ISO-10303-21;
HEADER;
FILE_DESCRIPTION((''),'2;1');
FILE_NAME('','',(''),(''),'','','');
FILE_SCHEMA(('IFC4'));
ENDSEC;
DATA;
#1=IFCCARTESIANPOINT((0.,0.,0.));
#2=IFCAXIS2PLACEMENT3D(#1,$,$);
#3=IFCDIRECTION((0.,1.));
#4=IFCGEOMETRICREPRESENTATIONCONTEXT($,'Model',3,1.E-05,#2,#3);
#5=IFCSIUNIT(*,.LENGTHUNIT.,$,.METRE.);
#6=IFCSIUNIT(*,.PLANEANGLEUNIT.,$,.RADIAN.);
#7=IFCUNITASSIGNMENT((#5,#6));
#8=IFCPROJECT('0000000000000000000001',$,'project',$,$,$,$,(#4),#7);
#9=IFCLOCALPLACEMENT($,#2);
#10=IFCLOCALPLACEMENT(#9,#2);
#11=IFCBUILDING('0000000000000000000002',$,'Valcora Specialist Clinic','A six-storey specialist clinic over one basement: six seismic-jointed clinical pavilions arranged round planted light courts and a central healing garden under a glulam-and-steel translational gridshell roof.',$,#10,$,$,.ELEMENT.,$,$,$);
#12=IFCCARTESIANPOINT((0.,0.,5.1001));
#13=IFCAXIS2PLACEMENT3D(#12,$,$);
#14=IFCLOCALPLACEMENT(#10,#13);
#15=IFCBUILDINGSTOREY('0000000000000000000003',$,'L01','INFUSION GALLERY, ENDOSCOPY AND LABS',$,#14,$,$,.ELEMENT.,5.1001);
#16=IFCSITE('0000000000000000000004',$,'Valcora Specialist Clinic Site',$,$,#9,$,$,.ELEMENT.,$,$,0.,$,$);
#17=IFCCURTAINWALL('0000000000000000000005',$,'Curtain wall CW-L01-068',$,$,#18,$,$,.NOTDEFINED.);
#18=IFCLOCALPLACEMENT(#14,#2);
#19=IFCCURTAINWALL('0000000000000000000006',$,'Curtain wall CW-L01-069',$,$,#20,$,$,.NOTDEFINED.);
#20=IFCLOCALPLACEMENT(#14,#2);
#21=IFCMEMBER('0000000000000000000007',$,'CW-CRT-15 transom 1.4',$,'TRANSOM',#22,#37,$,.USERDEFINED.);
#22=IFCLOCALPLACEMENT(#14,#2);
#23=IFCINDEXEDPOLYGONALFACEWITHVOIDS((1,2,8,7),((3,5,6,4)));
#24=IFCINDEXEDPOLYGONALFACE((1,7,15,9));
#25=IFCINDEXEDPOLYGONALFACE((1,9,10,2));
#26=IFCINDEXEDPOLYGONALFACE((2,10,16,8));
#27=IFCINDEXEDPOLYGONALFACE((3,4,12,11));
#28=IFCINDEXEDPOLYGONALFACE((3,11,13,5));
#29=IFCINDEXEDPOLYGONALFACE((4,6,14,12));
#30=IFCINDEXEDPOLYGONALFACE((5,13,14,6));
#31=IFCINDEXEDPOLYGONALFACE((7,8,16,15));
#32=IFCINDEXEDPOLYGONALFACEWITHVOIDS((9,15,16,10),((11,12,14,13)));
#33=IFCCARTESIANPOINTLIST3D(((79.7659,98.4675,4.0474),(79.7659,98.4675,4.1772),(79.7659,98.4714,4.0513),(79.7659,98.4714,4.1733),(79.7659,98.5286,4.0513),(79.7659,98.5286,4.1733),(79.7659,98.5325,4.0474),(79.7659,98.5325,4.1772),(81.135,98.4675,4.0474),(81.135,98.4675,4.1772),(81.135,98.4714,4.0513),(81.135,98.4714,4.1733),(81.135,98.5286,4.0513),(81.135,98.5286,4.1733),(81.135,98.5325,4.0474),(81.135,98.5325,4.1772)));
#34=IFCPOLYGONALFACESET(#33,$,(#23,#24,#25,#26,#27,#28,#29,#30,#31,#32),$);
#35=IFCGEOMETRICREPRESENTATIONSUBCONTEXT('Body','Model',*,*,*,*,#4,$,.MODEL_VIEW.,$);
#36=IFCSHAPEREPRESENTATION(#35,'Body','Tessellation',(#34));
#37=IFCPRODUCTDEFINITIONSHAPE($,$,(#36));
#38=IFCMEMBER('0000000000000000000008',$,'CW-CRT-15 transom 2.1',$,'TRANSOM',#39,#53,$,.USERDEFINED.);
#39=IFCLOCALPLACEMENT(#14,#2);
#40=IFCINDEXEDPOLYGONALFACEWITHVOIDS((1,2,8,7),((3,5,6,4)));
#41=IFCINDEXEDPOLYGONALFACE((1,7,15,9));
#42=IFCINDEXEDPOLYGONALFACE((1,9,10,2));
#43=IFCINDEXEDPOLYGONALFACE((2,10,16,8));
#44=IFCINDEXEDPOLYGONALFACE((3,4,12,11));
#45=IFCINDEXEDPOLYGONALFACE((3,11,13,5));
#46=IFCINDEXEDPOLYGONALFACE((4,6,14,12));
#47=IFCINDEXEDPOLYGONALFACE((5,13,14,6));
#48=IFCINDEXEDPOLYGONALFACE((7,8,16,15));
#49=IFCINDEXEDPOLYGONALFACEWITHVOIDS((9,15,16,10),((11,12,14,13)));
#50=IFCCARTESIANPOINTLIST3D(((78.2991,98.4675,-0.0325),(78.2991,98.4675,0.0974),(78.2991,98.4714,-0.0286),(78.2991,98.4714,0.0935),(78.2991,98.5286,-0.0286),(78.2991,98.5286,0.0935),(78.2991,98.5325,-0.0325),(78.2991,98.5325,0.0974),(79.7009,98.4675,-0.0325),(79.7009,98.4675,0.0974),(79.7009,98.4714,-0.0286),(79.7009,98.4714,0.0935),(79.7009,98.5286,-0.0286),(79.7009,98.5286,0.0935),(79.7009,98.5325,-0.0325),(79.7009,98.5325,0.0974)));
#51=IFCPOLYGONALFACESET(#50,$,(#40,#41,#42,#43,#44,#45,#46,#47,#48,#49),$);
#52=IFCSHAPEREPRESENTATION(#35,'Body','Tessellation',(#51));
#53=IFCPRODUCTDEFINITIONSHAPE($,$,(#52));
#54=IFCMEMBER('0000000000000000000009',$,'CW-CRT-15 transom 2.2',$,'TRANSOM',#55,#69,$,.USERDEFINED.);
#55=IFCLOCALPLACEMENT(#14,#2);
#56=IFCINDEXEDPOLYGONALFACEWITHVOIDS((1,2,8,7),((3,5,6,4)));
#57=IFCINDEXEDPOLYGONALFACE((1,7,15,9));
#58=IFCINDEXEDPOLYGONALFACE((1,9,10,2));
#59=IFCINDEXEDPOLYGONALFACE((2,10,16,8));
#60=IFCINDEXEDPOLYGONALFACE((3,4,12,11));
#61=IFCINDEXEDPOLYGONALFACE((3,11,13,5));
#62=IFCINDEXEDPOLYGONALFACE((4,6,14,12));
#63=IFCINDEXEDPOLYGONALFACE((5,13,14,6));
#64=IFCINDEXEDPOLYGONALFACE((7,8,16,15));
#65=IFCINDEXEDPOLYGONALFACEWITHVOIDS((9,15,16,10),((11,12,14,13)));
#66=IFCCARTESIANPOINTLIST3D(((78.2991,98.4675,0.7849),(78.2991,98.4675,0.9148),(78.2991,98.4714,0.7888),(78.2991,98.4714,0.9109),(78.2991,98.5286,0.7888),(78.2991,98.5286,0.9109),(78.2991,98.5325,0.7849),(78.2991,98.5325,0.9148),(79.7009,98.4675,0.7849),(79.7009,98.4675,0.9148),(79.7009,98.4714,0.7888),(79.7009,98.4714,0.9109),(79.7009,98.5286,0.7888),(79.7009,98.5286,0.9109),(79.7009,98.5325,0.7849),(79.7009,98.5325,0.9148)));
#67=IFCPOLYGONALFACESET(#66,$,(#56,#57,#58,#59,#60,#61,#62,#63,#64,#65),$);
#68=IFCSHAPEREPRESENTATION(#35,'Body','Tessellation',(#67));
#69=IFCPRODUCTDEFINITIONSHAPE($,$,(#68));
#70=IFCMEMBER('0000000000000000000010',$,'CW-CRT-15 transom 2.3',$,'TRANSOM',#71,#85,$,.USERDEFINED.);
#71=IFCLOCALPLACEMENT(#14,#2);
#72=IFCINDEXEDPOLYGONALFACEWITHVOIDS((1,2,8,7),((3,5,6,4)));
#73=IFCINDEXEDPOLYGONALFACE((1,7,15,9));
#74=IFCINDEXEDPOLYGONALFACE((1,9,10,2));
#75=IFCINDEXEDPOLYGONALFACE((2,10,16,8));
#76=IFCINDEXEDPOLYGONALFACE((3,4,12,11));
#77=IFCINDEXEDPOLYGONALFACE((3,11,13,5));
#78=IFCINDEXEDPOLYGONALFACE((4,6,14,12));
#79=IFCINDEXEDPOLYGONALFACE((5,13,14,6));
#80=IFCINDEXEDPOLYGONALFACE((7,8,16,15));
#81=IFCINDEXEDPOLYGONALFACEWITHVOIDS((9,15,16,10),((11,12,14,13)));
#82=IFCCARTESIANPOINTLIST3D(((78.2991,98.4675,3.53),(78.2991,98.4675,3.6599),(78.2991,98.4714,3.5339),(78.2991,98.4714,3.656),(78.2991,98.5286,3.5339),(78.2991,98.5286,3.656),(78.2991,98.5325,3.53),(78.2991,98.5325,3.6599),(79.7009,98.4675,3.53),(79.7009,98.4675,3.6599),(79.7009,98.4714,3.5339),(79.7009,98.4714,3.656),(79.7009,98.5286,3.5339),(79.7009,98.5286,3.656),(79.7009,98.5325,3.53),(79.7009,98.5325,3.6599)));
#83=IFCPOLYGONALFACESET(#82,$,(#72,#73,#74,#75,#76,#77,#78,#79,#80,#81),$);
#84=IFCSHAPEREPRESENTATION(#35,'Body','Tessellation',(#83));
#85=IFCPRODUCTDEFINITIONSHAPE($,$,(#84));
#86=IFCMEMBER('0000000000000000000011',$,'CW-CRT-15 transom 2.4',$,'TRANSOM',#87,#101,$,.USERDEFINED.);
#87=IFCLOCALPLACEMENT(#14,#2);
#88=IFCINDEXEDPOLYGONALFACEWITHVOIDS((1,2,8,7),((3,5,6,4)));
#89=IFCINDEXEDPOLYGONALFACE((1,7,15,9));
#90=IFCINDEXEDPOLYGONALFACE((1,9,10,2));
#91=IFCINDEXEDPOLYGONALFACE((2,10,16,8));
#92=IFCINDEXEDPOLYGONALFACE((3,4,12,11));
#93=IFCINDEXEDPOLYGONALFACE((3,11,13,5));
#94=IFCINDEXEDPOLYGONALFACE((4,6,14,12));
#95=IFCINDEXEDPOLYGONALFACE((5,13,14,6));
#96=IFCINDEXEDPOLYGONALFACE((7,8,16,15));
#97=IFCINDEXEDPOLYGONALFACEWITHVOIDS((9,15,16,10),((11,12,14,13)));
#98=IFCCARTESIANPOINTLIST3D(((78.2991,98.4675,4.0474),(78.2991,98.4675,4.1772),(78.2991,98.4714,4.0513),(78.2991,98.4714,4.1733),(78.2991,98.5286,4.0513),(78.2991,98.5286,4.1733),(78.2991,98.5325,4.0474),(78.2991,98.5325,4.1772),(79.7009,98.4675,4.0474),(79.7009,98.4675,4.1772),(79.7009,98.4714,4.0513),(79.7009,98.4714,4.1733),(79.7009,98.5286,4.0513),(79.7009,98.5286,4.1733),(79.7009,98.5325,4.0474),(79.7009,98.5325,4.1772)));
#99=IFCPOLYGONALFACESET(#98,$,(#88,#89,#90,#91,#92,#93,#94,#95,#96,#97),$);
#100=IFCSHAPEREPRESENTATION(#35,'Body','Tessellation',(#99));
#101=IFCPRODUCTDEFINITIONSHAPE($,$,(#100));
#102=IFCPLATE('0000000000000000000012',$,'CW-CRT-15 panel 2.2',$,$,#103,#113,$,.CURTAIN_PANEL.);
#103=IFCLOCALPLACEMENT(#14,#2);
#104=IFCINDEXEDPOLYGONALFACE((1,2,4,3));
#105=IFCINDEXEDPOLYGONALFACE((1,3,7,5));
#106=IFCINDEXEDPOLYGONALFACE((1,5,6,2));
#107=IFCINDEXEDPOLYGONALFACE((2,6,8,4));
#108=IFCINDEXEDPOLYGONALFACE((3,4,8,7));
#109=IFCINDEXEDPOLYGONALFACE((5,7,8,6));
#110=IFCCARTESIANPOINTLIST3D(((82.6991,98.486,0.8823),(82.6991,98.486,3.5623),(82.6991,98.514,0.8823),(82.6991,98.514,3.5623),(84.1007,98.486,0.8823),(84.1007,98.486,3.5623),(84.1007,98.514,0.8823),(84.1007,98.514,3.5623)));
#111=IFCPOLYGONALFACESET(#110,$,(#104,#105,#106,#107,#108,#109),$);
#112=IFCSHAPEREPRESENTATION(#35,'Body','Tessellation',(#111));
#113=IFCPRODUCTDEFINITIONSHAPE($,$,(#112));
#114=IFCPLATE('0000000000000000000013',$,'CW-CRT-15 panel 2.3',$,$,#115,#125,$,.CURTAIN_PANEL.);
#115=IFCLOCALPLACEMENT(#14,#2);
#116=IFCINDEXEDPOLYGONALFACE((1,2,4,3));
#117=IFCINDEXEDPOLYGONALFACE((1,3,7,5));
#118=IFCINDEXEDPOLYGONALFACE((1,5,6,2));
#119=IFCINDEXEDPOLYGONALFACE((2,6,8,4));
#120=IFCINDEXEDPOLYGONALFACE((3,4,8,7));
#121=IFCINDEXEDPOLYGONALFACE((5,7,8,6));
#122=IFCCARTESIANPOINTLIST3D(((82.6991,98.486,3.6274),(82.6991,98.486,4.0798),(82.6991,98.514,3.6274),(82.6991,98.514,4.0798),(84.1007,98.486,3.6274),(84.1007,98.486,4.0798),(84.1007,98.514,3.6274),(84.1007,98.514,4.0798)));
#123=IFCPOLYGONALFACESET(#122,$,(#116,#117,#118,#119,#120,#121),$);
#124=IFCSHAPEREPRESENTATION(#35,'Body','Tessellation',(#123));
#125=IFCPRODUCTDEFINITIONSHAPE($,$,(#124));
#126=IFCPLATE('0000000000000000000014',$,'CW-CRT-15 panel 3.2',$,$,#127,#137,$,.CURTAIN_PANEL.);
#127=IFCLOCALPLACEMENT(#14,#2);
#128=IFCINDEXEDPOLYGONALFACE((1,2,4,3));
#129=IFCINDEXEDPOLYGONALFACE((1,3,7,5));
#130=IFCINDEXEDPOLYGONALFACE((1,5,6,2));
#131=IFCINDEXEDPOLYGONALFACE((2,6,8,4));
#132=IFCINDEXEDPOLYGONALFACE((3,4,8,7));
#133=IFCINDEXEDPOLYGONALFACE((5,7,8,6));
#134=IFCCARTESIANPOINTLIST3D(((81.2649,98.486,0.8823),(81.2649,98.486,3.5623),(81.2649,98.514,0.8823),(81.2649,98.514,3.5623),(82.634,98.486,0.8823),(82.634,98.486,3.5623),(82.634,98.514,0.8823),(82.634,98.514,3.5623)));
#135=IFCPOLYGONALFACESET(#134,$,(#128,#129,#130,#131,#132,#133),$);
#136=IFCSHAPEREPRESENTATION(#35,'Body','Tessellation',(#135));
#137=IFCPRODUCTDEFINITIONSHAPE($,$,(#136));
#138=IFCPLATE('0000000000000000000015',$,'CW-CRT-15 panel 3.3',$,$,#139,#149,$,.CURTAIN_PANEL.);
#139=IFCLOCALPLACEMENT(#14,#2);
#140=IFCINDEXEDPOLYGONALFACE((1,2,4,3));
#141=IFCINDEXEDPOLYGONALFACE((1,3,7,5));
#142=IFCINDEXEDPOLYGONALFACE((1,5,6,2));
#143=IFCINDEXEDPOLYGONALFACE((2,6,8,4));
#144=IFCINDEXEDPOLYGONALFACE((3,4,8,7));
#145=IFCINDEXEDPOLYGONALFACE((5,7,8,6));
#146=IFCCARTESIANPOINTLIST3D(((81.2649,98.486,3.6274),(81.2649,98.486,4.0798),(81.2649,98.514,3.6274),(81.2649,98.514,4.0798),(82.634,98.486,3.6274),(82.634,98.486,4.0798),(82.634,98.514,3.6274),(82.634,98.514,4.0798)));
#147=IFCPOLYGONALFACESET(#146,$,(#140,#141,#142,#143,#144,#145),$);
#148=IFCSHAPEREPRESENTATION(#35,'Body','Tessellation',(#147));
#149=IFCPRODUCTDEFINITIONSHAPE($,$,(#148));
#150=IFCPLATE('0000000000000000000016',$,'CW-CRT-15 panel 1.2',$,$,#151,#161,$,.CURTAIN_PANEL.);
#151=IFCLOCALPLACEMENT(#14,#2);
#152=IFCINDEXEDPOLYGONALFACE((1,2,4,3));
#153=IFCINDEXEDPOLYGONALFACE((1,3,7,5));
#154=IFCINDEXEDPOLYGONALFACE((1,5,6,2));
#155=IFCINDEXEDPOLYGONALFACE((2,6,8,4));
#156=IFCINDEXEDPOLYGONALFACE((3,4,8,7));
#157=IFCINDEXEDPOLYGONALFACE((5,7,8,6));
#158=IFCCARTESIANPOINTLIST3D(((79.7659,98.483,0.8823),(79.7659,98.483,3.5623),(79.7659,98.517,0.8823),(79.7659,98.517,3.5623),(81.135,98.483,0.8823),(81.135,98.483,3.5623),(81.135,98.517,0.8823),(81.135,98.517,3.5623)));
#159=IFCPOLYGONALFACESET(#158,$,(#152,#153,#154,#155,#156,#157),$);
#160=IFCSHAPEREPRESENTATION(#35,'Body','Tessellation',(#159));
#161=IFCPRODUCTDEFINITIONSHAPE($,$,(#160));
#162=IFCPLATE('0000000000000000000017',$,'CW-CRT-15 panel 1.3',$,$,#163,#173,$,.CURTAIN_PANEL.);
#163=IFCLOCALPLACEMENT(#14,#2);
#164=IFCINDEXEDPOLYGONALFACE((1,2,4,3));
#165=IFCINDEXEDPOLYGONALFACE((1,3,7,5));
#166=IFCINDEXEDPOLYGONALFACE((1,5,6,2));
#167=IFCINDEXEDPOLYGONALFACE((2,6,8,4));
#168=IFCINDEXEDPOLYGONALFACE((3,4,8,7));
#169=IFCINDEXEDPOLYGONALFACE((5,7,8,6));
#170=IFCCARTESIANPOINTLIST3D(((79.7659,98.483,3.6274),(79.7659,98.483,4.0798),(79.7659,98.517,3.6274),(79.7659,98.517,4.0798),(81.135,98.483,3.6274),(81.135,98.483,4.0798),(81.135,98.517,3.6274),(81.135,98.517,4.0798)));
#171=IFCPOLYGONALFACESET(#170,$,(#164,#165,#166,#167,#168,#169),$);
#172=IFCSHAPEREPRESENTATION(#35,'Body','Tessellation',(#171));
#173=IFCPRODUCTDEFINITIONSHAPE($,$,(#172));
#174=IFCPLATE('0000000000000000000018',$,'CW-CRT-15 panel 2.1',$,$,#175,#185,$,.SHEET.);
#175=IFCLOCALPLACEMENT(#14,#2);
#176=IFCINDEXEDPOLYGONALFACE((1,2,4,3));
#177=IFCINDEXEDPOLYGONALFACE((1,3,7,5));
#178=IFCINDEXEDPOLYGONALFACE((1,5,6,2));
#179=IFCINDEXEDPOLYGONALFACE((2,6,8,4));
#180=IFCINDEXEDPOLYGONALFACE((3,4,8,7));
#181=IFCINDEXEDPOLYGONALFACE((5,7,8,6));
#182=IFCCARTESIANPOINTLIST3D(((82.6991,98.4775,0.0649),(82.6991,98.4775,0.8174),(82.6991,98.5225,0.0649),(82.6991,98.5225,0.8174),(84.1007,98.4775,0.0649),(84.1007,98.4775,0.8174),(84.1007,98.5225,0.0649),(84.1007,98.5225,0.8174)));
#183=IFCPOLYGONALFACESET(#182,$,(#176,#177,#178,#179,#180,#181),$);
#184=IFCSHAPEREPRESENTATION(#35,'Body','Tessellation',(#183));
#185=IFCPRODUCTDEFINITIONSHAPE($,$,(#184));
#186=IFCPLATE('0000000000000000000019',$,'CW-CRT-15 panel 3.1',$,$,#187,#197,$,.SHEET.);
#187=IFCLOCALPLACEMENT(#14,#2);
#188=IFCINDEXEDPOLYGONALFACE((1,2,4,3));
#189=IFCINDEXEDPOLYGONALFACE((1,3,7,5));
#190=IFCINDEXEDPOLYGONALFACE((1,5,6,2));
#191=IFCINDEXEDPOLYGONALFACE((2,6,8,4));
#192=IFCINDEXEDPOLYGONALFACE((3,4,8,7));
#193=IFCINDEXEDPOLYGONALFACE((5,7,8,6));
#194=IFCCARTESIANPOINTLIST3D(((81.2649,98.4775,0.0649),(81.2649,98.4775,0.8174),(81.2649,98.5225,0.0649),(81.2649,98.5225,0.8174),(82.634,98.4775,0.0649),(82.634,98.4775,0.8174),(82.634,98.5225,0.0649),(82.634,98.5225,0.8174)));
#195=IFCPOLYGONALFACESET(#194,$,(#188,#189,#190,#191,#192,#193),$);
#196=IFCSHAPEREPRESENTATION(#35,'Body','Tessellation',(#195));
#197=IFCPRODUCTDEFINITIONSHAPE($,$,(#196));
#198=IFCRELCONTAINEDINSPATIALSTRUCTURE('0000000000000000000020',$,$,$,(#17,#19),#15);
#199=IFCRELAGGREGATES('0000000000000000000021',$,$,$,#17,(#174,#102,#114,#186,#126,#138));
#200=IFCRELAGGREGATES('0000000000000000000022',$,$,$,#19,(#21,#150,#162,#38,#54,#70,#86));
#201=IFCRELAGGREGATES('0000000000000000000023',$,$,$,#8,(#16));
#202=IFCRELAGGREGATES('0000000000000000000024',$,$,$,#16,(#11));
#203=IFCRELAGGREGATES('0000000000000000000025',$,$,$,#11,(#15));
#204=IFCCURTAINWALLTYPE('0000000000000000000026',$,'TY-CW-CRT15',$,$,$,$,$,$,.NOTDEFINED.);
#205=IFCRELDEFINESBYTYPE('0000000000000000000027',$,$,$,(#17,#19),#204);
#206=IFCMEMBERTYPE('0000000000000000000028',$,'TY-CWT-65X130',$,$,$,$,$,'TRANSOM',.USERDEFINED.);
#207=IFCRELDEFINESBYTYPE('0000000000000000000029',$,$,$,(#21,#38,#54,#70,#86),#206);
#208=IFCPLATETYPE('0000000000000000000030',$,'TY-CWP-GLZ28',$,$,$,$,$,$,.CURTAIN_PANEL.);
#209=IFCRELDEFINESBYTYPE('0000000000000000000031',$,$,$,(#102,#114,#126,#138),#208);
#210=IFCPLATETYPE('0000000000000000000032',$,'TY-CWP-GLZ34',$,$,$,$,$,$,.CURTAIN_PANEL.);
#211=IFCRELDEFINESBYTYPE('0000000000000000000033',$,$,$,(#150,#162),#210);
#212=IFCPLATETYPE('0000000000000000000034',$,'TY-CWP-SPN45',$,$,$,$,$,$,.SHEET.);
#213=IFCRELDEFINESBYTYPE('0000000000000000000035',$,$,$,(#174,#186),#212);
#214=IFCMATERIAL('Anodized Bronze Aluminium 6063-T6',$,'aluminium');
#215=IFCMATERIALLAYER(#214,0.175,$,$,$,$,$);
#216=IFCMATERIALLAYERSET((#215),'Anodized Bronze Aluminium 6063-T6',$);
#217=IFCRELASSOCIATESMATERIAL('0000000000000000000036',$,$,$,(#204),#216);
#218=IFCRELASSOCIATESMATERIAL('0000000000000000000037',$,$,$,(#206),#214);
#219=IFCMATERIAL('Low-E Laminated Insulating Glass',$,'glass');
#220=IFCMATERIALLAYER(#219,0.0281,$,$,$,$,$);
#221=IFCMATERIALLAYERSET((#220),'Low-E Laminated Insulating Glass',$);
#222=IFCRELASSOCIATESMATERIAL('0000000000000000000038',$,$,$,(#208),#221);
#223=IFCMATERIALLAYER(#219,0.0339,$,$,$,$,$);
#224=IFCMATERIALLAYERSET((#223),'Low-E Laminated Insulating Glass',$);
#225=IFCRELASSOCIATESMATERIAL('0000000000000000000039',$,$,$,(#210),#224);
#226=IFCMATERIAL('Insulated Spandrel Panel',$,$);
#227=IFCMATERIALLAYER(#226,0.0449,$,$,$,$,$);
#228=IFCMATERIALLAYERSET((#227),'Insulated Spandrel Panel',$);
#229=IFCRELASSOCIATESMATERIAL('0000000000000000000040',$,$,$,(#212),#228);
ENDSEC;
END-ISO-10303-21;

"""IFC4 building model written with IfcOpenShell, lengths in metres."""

from ifc_helpers import new_model, si_unit, direction, frame, origin, origin_2d, place, context, subcontext, project, spatial, rectangle, hollow_rectangle, extrude, material, layer, layer_set, material_profile, profile_set, type_object, element, aggregate, save


model = new_model("IFC4")

# Units and contexts
model_context = context("Model", 3, precision=1e-05, world=origin(), true_north=direction((0.0, 1.0)))
body_context = subcontext(model_context, "Body", "Model", "MODEL_VIEW")
ifc_project = project(units=[si_unit("LENGTHUNIT", "METRE"), si_unit("PLANEANGLEUNIT", "RADIAN")], contexts=[model_context])

# Site, building, storey
site_placement = place(None, origin())
site = spatial("IfcSite", under=ifc_project, at=site_placement, Name="Valcora Specialist Clinic Site", CompositionType="ELEMENT", RefElevation=0.0)
building_placement = place(site_placement, origin())
building = spatial("IfcBuilding", under=site, at=building_placement, Name="Valcora Specialist Clinic", Description="A six-storey specialist clinic over one basement: six seismic-jointed clinical pavilions arranged round planted light courts and a central healing garden under a glulam-and-steel translational gridshell roof.", CompositionType="ELEMENT")
storey_placement = place(building_placement, frame((0.0, 0.0, 5.1001)))
storey = spatial("IfcBuildingStorey", under=building, at=storey_placement, Name="L01", Description="INFUSION GALLERY, ENDOSCOPY AND LABS", CompositionType="ELEMENT", Elevation=5.1001)

# Curtain walls
ifc_material_1 = material(Name="Anodized Bronze Aluminium 6063-T6", Category="aluminium")
ifc_layer_1 = layer(ifc_material_1, 0.175)
ifc_layer_set_1 = layer_set([ifc_layer_1], Name="Anodized Bronze Aluminium 6063-T6")
curtain_wall_type = type_object("IfcCurtainWallType", Name="TY-CW-CRT15", PredefinedType="NOTDEFINED", material=ifc_layer_set_1)
curtain_wall_1_placement = place(storey_placement, origin())
curtain_wall_1 = element("IfcCurtainWall", 1, at=curtain_wall_1_placement, inside=storey, type_object=curtain_wall_type, Name="Curtain wall CW-L01-068", PredefinedType="NOTDEFINED")
curtain_wall_2_placement = place(storey_placement, origin())
curtain_wall_2 = element("IfcCurtainWall", 2, at=curtain_wall_2_placement, inside=storey, type_object=curtain_wall_type, Name="Curtain wall CW-L01-069", PredefinedType="NOTDEFINED")

# Members
ifc_material_profile_1 = material_profile(ifc_material_1, hollow_rectangle(XDim=0.0649, YDim=0.1299, WallThickness=0.0039, at=origin_2d()), Name="AL-TRN-65X130")
ifc_profile_set_1 = profile_set([ifc_material_profile_1], Name="Anodized Bronze Aluminium 6063-T6")
member_type_1 = type_object("IfcMemberType", Name="TY-CWT-65X130", ElementType="TRANSOM", PredefinedType="USERDEFINED", material=ifc_profile_set_1)
member_1_placement = place(storey_placement, frame((81.135, 98.5, 4.1123), z_axis=(-1.0, 0.0, 0.0), x_axis=(0.0, -1.0, 0.0)))
member_1 = element("IfcMember", 3, at=member_1_placement, type_object=member_type_1, Name="CW-CRT-15 transom 1.4", ObjectType="TRANSOM", PredefinedType="USERDEFINED", context=body_context, shape_type="SweptSolid", body=[
    extrude(hollow_rectangle(XDim=0.0649, YDim=0.1299, WallThickness=0.0039, at=origin_2d()), origin(), (0.0, 0.0, 1.0), 1.3691),
])
member_2_placement = place(storey_placement, frame((79.7009, 98.5, 0.0325), z_axis=(-1.0, 0.0, 0.0), x_axis=(0.0, -1.0, 0.0)))
member_2 = element("IfcMember", 4, at=member_2_placement, type_object=member_type_1, Name="CW-CRT-15 transom 2.1", ObjectType="TRANSOM", PredefinedType="USERDEFINED", context=body_context, shape_type="SweptSolid", body=[
    extrude(hollow_rectangle(XDim=0.0649, YDim=0.1299, WallThickness=0.0039, at=origin_2d()), origin(), (0.0, 0.0, 1.0), 1.4019),
])
member_3_placement = place(storey_placement, frame((79.7009, 98.5, 0.8499), z_axis=(-1.0, 0.0, 0.0), x_axis=(0.0, -1.0, 0.0)))
member_3 = element("IfcMember", 5, at=member_3_placement, type_object=member_type_1, Name="CW-CRT-15 transom 2.2", ObjectType="TRANSOM", PredefinedType="USERDEFINED", context=body_context, shape_type="SweptSolid", body=[
    extrude(hollow_rectangle(XDim=0.0649, YDim=0.1299, WallThickness=0.0039, at=origin_2d()), origin(), (0.0, 0.0, 1.0), 1.4019),
])
member_4_placement = place(storey_placement, frame((79.7009, 98.5, 3.595), z_axis=(-1.0, 0.0, 0.0), x_axis=(0.0, -1.0, 0.0)))
member_4 = element("IfcMember", 6, at=member_4_placement, type_object=member_type_1, Name="CW-CRT-15 transom 2.3", ObjectType="TRANSOM", PredefinedType="USERDEFINED", context=body_context, shape_type="SweptSolid", body=[
    extrude(hollow_rectangle(XDim=0.0649, YDim=0.1299, WallThickness=0.0039, at=origin_2d()), origin(), (0.0, 0.0, 1.0), 1.4019),
])
member_5_placement = place(storey_placement, frame((79.7009, 98.5, 4.1123), z_axis=(-1.0, 0.0, 0.0), x_axis=(0.0, -1.0, 0.0)))
member_5 = element("IfcMember", 7, at=member_5_placement, type_object=member_type_1, Name="CW-CRT-15 transom 2.4", ObjectType="TRANSOM", PredefinedType="USERDEFINED", context=body_context, shape_type="SweptSolid", body=[
    extrude(hollow_rectangle(XDim=0.0649, YDim=0.1299, WallThickness=0.0039, at=origin_2d()), origin(), (0.0, 0.0, 1.0), 1.4019),
])

# Plates
ifc_material_2 = material(Name="Low-E Laminated Insulating Glass", Category="glass")
ifc_layer_2 = layer(ifc_material_2, 0.0281)
ifc_layer_set_2 = layer_set([ifc_layer_2], Name="Low-E Laminated Insulating Glass")
plate_type_1 = type_object("IfcPlateType", Name="TY-CWP-GLZ28", PredefinedType="CURTAIN_PANEL", material=ifc_layer_set_2)
plate_1_placement = place(storey_placement, frame((83.3999, 98.5, 0.8823), z_axis=(0.0, 0.0, 1.0), x_axis=(-1.0, 0.0, 0.0)))
plate_1 = element("IfcPlate", 8, at=plate_1_placement, type_object=plate_type_1, Name="CW-CRT-15 panel 2.2", PredefinedType="CURTAIN_PANEL", context=body_context, shape_type="SweptSolid", body=[
    extrude(rectangle(XDim=1.4016, YDim=0.0281, at=origin_2d()), origin(), (0.0, 0.0, 1.0), 2.6799),
])
plate_2_placement = place(storey_placement, frame((83.3999, 98.5, 3.6274), z_axis=(0.0, 0.0, 1.0), x_axis=(-1.0, 0.0, 0.0)))
plate_2 = element("IfcPlate", 9, at=plate_2_placement, type_object=plate_type_1, Name="CW-CRT-15 panel 2.3", PredefinedType="CURTAIN_PANEL", context=body_context, shape_type="SweptSolid", body=[
    extrude(rectangle(XDim=1.4016, YDim=0.0281, at=origin_2d()), origin(), (0.0, 0.0, 1.0), 0.4524),
])
plate_3_placement = place(storey_placement, frame((81.9495, 98.5, 0.8823), z_axis=(0.0, 0.0, 1.0), x_axis=(-1.0, 0.0, 0.0)))
plate_3 = element("IfcPlate", 10, at=plate_3_placement, type_object=plate_type_1, Name="CW-CRT-15 panel 3.2", PredefinedType="CURTAIN_PANEL", context=body_context, shape_type="SweptSolid", body=[
    extrude(rectangle(XDim=1.3691, YDim=0.0281, at=origin_2d()), origin(), (0.0, 0.0, 1.0), 2.6799),
])
plate_4_placement = place(storey_placement, frame((81.9495, 98.5, 3.6274), z_axis=(0.0, 0.0, 1.0), x_axis=(-1.0, 0.0, 0.0)))
plate_4 = element("IfcPlate", 11, at=plate_4_placement, type_object=plate_type_1, Name="CW-CRT-15 panel 3.3", PredefinedType="CURTAIN_PANEL", context=body_context, shape_type="SweptSolid", body=[
    extrude(rectangle(XDim=1.3691, YDim=0.0281, at=origin_2d()), origin(), (0.0, 0.0, 1.0), 0.4524),
])
ifc_layer_3 = layer(ifc_material_2, 0.0339)
ifc_layer_set_3 = layer_set([ifc_layer_3], Name="Low-E Laminated Insulating Glass")
plate_type_2 = type_object("IfcPlateType", Name="TY-CWP-GLZ34", PredefinedType="CURTAIN_PANEL", material=ifc_layer_set_3)
plate_5_placement = place(storey_placement, frame((80.4504, 98.5, 0.8823), z_axis=(0.0, 0.0, 1.0), x_axis=(-1.0, 0.0, 0.0)))
plate_5 = element("IfcPlate", 12, at=plate_5_placement, type_object=plate_type_2, Name="CW-CRT-15 panel 1.2", PredefinedType="CURTAIN_PANEL", context=body_context, shape_type="SweptSolid", body=[
    extrude(rectangle(XDim=1.3691, YDim=0.0339, at=origin_2d()), origin(), (0.0, 0.0, 1.0), 2.6799),
])
plate_6_placement = place(storey_placement, frame((80.4504, 98.5, 3.6274), z_axis=(0.0, 0.0, 1.0), x_axis=(-1.0, 0.0, 0.0)))
plate_6 = element("IfcPlate", 13, at=plate_6_placement, type_object=plate_type_2, Name="CW-CRT-15 panel 1.3", PredefinedType="CURTAIN_PANEL", context=body_context, shape_type="SweptSolid", body=[
    extrude(rectangle(XDim=1.3691, YDim=0.0339, at=origin_2d()), origin(), (0.0, 0.0, 1.0), 0.4524),
])
ifc_material_3 = material(Name="Insulated Spandrel Panel")
ifc_layer_4 = layer(ifc_material_3, 0.0449)
ifc_layer_set_4 = layer_set([ifc_layer_4], Name="Insulated Spandrel Panel")
plate_type_3 = type_object("IfcPlateType", Name="TY-CWP-SPN45", PredefinedType="SHEET", material=ifc_layer_set_4)
plate_7_placement = place(storey_placement, frame((83.3999, 98.5, 0.0649), z_axis=(0.0, 0.0, 1.0), x_axis=(-1.0, 0.0, 0.0)))
plate_7 = element("IfcPlate", 14, at=plate_7_placement, type_object=plate_type_3, Name="CW-CRT-15 panel 2.1", PredefinedType="SHEET", context=body_context, shape_type="SweptSolid", body=[
    extrude(rectangle(XDim=1.4016, YDim=0.0449, at=origin_2d()), origin(), (0.0, 0.0, 1.0), 0.7524),
])
plate_8_placement = place(storey_placement, frame((81.9495, 98.5, 0.0649), z_axis=(0.0, 0.0, 1.0), x_axis=(-1.0, 0.0, 0.0)))
plate_8 = element("IfcPlate", 15, at=plate_8_placement, type_object=plate_type_3, Name="CW-CRT-15 panel 3.1", PredefinedType="SHEET", context=body_context, shape_type="SweptSolid", body=[
    extrude(rectangle(XDim=1.3691, YDim=0.0449, at=origin_2d()), origin(), (0.0, 0.0, 1.0), 0.7524),
])
aggregate(curtain_wall_1, [plate_7, plate_1, plate_2, plate_8, plate_3, plate_4])
aggregate(curtain_wall_2, [member_1, plate_5, plate_6, member_2, member_3, member_4, member_5])

save(model, "model.ifc")
